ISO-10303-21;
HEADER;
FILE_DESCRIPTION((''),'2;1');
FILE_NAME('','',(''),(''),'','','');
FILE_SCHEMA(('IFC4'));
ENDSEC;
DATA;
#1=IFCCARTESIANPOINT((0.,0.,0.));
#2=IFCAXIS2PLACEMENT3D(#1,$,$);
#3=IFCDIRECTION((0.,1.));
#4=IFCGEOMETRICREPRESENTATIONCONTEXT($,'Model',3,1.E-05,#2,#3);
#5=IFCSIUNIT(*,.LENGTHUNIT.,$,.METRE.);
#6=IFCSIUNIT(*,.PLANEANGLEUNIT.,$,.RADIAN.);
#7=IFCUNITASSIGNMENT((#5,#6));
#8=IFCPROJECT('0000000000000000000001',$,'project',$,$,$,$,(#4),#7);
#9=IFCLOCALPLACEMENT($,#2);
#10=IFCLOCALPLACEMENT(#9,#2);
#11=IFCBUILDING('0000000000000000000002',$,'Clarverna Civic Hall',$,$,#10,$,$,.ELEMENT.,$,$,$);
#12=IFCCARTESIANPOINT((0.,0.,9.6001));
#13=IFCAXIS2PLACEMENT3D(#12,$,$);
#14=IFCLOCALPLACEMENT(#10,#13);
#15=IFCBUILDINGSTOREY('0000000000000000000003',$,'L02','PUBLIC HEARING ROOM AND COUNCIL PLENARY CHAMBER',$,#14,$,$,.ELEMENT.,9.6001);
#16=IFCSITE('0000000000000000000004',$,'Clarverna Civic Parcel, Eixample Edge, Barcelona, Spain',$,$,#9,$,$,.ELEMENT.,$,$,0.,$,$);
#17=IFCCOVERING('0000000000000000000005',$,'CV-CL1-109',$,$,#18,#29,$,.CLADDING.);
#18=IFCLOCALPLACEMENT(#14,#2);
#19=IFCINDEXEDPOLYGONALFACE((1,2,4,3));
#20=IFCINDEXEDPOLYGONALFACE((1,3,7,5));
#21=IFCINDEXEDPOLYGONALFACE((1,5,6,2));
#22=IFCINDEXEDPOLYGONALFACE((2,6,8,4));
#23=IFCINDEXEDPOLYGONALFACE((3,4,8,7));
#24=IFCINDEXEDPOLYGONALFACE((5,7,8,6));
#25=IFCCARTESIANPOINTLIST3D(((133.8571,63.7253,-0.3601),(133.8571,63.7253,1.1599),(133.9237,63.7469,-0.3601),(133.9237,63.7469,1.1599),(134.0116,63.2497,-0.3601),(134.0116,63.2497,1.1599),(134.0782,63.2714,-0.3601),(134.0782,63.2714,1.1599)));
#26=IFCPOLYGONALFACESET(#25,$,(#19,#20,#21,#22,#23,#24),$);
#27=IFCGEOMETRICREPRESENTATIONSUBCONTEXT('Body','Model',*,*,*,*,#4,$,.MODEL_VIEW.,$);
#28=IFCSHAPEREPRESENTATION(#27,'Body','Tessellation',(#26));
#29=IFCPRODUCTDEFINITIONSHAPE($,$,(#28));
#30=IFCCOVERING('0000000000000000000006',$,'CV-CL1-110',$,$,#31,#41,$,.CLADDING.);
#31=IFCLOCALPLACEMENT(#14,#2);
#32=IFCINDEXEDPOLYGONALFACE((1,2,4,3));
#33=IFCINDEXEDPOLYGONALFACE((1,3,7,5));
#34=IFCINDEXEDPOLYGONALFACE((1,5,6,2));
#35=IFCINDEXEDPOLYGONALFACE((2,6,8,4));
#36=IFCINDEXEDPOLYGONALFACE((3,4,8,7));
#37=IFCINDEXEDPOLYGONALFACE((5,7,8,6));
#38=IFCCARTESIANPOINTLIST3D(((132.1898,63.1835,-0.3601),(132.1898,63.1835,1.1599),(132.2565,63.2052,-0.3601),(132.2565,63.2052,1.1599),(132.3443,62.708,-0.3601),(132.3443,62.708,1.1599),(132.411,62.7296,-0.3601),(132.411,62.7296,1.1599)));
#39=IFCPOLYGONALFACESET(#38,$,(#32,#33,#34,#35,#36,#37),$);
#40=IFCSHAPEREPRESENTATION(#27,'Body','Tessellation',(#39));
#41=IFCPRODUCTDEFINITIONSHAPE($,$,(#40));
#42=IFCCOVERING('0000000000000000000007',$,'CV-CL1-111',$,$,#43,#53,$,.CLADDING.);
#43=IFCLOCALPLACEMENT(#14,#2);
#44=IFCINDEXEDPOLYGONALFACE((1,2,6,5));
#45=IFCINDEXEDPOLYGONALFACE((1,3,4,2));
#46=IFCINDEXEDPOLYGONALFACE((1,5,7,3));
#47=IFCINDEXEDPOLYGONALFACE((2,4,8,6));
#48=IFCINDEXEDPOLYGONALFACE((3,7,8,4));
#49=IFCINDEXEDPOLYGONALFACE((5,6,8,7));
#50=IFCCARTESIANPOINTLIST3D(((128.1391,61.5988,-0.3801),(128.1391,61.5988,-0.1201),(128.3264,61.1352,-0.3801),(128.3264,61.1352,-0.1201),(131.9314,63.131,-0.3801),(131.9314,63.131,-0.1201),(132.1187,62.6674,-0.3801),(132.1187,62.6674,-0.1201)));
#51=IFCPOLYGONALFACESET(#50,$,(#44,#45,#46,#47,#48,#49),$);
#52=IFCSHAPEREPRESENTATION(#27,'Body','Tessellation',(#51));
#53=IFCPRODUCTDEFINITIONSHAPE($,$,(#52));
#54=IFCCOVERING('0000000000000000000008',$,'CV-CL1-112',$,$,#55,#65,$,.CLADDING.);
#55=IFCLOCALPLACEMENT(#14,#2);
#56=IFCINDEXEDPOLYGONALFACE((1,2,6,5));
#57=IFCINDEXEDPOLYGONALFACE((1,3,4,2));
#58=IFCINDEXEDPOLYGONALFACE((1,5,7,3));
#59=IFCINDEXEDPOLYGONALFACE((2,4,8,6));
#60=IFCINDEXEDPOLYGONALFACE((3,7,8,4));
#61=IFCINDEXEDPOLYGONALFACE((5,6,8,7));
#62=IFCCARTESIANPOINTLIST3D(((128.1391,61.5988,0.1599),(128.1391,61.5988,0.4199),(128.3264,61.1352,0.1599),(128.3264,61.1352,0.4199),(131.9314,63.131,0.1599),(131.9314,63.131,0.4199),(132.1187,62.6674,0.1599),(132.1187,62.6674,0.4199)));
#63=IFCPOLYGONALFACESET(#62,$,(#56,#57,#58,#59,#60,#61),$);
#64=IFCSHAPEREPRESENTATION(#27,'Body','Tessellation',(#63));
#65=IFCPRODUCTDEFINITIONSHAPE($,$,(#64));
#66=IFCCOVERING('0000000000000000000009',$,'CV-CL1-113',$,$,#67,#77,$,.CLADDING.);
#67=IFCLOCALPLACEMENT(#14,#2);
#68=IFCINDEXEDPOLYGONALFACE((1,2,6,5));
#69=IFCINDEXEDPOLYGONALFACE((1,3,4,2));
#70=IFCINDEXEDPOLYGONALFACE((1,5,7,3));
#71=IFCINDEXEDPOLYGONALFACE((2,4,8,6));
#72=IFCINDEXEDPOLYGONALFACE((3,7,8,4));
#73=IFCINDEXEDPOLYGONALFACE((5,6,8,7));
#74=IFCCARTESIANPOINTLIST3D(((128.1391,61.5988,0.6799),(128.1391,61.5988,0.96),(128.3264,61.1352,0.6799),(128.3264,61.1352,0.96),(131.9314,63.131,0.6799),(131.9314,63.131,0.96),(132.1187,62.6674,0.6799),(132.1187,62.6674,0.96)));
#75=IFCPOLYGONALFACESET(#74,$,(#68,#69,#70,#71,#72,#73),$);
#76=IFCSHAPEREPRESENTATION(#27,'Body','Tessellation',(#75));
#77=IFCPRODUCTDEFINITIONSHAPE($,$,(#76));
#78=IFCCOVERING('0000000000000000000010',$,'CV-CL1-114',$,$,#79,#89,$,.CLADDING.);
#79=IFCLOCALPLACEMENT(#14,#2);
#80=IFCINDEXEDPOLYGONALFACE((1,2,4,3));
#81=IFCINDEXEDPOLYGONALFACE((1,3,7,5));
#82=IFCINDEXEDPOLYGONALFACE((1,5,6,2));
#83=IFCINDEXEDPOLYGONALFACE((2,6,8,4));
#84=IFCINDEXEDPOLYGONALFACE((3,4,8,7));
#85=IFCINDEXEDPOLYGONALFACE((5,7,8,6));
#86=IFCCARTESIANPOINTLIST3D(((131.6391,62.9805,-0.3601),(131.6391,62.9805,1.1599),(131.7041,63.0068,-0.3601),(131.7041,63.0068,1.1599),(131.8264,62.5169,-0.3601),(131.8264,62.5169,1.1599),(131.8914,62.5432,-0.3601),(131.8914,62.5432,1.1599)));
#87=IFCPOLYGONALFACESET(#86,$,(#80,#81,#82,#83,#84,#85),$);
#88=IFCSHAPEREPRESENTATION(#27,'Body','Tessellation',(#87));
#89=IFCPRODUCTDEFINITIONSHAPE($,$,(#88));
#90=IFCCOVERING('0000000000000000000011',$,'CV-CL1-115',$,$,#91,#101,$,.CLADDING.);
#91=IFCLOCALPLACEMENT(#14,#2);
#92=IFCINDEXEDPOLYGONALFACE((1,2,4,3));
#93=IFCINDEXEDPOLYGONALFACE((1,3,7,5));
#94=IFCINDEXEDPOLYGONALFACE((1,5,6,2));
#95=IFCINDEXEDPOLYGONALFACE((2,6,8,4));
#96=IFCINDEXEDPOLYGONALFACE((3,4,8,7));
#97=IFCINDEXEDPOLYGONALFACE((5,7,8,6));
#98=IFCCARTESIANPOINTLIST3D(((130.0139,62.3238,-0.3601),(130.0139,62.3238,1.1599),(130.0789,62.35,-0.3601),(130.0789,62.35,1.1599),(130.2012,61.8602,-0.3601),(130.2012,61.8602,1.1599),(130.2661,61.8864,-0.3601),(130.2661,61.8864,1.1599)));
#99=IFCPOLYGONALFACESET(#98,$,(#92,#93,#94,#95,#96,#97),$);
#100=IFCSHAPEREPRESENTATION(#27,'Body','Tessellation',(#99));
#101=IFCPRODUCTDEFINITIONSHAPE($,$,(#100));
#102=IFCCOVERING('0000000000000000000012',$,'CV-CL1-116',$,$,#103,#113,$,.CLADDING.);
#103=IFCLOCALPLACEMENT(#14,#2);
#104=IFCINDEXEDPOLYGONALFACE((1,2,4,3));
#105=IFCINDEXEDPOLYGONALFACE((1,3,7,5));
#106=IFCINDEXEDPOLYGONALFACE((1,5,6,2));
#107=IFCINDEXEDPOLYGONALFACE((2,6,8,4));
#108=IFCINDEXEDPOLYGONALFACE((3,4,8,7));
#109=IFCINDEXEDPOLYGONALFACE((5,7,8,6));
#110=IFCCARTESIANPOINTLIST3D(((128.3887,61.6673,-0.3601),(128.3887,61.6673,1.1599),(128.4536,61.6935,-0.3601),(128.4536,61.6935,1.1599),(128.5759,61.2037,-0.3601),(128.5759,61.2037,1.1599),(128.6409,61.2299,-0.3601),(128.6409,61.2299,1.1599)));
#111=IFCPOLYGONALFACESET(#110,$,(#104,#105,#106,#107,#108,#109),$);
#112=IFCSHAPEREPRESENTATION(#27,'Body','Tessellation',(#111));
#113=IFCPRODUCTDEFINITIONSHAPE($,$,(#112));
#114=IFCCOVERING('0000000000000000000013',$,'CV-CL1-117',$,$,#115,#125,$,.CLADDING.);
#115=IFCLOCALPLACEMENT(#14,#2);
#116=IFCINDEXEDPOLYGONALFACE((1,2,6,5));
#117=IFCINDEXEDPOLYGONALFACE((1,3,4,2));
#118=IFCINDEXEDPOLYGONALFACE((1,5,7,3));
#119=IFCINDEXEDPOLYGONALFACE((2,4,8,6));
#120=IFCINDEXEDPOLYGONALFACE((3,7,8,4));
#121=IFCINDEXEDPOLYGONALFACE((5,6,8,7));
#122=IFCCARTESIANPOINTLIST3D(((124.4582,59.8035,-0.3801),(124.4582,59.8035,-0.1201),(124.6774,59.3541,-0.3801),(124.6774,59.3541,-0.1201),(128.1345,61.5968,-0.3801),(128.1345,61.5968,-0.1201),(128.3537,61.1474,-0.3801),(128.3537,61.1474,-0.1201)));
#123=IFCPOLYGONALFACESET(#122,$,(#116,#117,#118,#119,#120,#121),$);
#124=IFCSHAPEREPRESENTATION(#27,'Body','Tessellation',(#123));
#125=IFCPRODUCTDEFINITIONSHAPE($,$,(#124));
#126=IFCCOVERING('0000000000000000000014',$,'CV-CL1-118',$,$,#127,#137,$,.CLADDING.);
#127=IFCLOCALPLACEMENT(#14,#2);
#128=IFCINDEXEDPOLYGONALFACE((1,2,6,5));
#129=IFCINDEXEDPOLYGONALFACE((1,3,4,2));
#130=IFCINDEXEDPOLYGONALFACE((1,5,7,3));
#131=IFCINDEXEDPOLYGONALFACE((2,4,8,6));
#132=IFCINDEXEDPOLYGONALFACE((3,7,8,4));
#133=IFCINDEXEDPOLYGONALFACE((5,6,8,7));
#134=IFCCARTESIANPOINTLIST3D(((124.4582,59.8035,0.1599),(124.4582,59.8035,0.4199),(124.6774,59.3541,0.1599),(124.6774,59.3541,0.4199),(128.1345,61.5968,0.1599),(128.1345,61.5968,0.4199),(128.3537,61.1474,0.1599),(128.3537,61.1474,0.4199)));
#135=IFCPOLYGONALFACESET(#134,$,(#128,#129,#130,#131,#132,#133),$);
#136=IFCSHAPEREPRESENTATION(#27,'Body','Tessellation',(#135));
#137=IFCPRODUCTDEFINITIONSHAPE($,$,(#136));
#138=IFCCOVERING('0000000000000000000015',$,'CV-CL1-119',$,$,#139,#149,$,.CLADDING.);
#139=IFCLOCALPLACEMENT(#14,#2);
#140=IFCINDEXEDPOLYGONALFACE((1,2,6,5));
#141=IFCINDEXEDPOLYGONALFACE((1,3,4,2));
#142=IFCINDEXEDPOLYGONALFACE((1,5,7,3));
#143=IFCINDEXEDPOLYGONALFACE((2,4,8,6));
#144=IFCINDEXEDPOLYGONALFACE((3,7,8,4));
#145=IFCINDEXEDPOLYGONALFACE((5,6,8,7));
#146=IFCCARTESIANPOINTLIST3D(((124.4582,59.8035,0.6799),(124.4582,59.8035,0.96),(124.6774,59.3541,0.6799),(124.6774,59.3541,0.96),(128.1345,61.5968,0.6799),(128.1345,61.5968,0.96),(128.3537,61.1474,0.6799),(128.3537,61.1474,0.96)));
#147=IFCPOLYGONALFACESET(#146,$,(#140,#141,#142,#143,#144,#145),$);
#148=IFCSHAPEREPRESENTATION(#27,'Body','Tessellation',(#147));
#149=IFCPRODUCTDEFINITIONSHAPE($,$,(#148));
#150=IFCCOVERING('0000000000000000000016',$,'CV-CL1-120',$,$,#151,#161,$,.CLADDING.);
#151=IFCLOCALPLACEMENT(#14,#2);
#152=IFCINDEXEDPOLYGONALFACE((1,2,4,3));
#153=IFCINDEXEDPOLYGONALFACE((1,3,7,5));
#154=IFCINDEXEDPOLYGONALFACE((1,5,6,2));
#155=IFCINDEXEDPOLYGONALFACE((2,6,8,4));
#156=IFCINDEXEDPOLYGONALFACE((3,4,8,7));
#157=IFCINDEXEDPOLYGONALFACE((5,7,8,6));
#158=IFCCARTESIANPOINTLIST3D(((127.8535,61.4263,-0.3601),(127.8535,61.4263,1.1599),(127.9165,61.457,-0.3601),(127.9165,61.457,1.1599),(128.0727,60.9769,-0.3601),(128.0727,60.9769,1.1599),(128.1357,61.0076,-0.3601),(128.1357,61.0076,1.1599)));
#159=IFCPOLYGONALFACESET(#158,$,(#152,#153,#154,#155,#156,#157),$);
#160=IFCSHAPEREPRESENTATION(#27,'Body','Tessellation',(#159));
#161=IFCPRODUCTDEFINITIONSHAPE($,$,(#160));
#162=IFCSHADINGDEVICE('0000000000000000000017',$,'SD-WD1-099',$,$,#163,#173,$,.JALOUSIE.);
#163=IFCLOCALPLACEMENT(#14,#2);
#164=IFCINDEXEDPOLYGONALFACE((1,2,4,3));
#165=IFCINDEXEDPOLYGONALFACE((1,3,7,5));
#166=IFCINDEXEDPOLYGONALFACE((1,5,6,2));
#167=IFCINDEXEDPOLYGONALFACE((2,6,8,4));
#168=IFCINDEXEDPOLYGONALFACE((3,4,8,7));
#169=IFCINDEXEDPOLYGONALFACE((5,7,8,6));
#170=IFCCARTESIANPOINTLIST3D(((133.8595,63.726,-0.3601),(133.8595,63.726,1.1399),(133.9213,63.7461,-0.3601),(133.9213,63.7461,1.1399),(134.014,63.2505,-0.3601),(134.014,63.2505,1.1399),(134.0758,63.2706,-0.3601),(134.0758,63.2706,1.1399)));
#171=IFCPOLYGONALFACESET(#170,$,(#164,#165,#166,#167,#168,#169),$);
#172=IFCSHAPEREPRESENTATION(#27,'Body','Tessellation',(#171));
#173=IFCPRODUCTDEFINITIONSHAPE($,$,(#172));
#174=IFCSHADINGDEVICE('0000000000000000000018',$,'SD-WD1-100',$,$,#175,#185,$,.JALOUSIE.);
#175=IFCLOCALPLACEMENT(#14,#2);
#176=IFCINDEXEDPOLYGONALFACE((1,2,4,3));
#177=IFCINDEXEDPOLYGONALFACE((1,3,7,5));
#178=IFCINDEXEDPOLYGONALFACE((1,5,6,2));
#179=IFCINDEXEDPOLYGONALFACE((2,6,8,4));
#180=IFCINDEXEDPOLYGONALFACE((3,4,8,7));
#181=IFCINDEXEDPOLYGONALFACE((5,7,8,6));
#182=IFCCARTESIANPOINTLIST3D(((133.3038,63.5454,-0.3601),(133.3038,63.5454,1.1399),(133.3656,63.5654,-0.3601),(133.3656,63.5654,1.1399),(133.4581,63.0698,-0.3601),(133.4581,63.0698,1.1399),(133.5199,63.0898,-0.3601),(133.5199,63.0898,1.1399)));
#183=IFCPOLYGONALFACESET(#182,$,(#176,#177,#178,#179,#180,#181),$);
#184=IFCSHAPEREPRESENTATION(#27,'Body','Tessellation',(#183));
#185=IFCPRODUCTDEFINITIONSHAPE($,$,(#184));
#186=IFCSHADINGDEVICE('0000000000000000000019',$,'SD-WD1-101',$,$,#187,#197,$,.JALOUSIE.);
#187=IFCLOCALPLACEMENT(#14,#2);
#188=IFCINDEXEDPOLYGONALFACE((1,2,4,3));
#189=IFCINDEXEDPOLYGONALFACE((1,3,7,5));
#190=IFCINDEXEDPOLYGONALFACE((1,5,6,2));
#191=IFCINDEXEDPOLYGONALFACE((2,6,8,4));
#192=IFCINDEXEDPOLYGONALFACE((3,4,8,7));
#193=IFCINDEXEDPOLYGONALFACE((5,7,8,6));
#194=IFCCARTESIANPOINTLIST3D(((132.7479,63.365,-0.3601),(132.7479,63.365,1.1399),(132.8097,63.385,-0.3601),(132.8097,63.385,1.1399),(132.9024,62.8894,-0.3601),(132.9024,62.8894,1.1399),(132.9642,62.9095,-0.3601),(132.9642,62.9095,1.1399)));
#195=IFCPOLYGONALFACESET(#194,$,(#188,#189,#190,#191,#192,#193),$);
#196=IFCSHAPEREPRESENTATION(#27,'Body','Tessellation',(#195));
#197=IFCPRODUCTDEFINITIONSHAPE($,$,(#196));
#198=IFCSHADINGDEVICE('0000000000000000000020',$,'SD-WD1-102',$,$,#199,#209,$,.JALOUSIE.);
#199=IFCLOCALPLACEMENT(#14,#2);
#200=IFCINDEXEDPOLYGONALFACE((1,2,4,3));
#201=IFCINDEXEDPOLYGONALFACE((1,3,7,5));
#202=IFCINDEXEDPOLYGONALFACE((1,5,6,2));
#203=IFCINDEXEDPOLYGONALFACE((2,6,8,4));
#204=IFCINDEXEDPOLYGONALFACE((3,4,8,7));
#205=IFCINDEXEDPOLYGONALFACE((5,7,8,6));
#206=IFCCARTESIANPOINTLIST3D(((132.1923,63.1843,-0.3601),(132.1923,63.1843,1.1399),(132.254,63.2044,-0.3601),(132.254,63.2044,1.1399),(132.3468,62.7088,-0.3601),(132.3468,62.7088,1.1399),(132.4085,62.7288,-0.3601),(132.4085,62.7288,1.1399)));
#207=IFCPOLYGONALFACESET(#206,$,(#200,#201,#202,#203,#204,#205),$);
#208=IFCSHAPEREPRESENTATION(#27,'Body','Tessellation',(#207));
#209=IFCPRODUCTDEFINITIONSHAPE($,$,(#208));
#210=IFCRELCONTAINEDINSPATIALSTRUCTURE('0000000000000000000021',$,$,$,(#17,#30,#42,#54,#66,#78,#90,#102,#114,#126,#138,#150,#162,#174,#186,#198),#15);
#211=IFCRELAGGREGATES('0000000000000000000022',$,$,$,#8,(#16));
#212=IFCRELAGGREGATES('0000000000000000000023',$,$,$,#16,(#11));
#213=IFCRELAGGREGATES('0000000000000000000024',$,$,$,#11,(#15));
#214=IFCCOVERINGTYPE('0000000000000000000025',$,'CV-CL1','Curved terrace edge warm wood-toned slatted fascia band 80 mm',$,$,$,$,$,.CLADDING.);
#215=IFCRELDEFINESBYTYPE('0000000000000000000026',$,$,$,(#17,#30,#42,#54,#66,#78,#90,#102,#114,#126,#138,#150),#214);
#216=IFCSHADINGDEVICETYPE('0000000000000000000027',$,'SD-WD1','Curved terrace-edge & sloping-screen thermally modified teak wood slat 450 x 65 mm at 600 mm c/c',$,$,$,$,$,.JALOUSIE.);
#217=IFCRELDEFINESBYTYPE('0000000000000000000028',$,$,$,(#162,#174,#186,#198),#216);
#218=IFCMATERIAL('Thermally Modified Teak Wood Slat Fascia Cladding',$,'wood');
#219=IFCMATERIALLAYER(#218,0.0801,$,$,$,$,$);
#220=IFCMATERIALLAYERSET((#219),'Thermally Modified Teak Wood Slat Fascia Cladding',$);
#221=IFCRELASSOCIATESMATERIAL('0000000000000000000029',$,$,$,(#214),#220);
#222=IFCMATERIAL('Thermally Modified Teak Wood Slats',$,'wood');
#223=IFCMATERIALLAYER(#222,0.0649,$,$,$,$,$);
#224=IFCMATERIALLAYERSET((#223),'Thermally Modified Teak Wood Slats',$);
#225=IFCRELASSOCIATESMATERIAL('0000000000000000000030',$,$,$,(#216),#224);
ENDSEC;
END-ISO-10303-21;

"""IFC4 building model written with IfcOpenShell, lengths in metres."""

from ifc_helpers import new_model, si_unit, direction, frame, frame_2d, origin, place, context, subcontext, project, spatial, rectangle, extrude, material, layer, layer_set, type_object, element, save


model = new_model("IFC4")

# Units and contexts
model_context = context("Model", 3, precision=1e-05, world=origin(), true_north=direction((0.0, 1.0)))
body_context = subcontext(model_context, "Body", "Model", "MODEL_VIEW")
ifc_project = project(units=[si_unit("LENGTHUNIT", "METRE"), si_unit("PLANEANGLEUNIT", "RADIAN")], contexts=[model_context])

# Site, building, storey
site_placement = place(None, origin())
site = spatial("IfcSite", under=ifc_project, at=site_placement, Name="Clarverna Civic Parcel, Eixample Edge, Barcelona, Spain", CompositionType="ELEMENT", RefElevation=0.0)
building_placement = place(site_placement, origin())
building = spatial("IfcBuilding", under=site, at=building_placement, Name="Clarverna Civic Hall", CompositionType="ELEMENT")
storey_placement = place(building_placement, frame((0.0, 0.0, 9.6001)))
storey = spatial("IfcBuildingStorey", under=building, at=storey_placement, Name="L02", Description="PUBLIC HEARING ROOM AND COUNCIL PLENARY CHAMBER", CompositionType="ELEMENT", Elevation=9.6001)

# Coverings
ifc_material_1 = material(Name="Thermally Modified Teak Wood Slat Fascia Cladding", Category="wood")
ifc_layer_1 = layer(ifc_material_1, 0.0801)
ifc_layer_set_1 = layer_set([ifc_layer_1], Name="Thermally Modified Teak Wood Slat Fascia Cladding")
covering_type = type_object("IfcCoveringType", Name="CV-CL1", Description="Curved terrace edge warm wood-toned slatted fascia band 80 mm", PredefinedType="CLADDING", material=ifc_layer_set_1)
for number, where, z_axis, x_axis, name in (
    (1, (133.8904, 63.7361, -0.3601), (0.0, 0.0, 1.0), (0.309042, -0.951048, 0.0), "CV-CL1-109"),
    (2, (132.2231, 63.1943, -0.3601), (0.0, 0.0, 1.0), (0.309042, -0.951048, 0.0), "CV-CL1-110"),
):
    element("IfcCovering", number, at=place(storey_placement, frame(where, z_axis=z_axis, x_axis=x_axis)), inside=storey, type_object=covering_type, Name=name, PredefinedType="CLADDING", context=body_context, shape_type="SweptSolid", body=[
        extrude(rectangle(XDim=0.5, YDim=0.0701, at=frame_2d((0.25, 0.0))), origin(), (0.0, 0.0, 1.0), 1.52),
    ])
for number, where, z_axis, x_axis, name in (
    (3, (132.0249, 62.8992, -0.3801), (0.0, 0.0, 1.0), (-0.927178, -0.37462, 0.0), "CV-CL1-111"),
    (4, (132.0249, 62.8992, 0.1599), (0.0, 0.0, 1.0), (-0.927178, -0.37462, 0.0), "CV-CL1-112"),
):
    element("IfcCovering", number, at=place(storey_placement, frame(where, z_axis=z_axis, x_axis=x_axis)), inside=storey, type_object=covering_type, Name=name, PredefinedType="CLADDING", context=body_context, shape_type="SweptSolid", body=[
        extrude(rectangle(XDim=4.0901, YDim=0.5, at=frame_2d((2.0449, 0.0))), origin(), (0.0, 0.0, 1.0), 0.26),
    ])
covering_1_placement = place(storey_placement, frame((132.0249, 62.8992, 0.6799), z_axis=(0.0, 0.0, 1.0), x_axis=(-0.927178, -0.37462, 0.0)))
element("IfcCovering", 5, at=covering_1_placement, inside=storey, type_object=covering_type, Name="CV-CL1-113", PredefinedType="CLADDING", context=body_context, shape_type="SweptSolid", body=[
    extrude(rectangle(XDim=4.0901, YDim=0.5, at=frame_2d((2.0449, 0.0))), origin(), (0.0, 0.0, 1.0), 0.28),
])
for number, where, z_axis, x_axis, name in (
    (6, (131.6716, 62.9937, -0.3601), (0.0, 0.0, 1.0), (0.374503, -0.927226, 0.0), "CV-CL1-114"),
    (7, (130.0464, 62.3369, -0.3601), (0.0, 0.0, 1.0), (0.374503, -0.927226, 0.0), "CV-CL1-115"),
    (8, (128.4211, 61.6804, -0.3601), (0.0, 0.0, 1.0), (0.374503, -0.927226, 0.0), "CV-CL1-116"),
):
    element("IfcCovering", number, at=place(storey_placement, frame(where, z_axis=z_axis, x_axis=x_axis)), inside=storey, type_object=covering_type, Name=name, PredefinedType="CLADDING", context=body_context, shape_type="SweptSolid", body=[
        extrude(rectangle(XDim=0.5, YDim=0.0701, at=frame_2d((0.25, 0.0))), origin(), (0.0, 0.0, 1.0), 1.52),
    ])
for number, where, z_axis, x_axis, name in (
    (9, (128.2441, 61.3721, -0.3801), (0.0, 0.0, 1.0), (-0.898777, -0.438406, 0.0), "CV-CL1-117"),
    (10, (128.2441, 61.3721, 0.1599), (0.0, 0.0, 1.0), (-0.898777, -0.438406, 0.0), "CV-CL1-118"),
):
    element("IfcCovering", number, at=place(storey_placement, frame(where, z_axis=z_axis, x_axis=x_axis)), inside=storey, type_object=covering_type, Name=name, PredefinedType="CLADDING", context=body_context, shape_type="SweptSolid", body=[
        extrude(rectangle(XDim=4.0903, YDim=0.5, at=frame_2d((2.0452, 0.0))), origin(), (0.0, 0.0, 1.0), 0.26),
    ])
covering_2_placement = place(storey_placement, frame((128.2441, 61.3721, 0.6799), z_axis=(0.0, 0.0, 1.0), x_axis=(-0.898777, -0.438406, 0.0)))
element("IfcCovering", 11, at=covering_2_placement, inside=storey, type_object=covering_type, Name="CV-CL1-119", PredefinedType="CLADDING", context=body_context, shape_type="SweptSolid", body=[
    extrude(rectangle(XDim=4.0903, YDim=0.5, at=frame_2d((2.0452, 0.0))), origin(), (0.0, 0.0, 1.0), 0.28),
])
covering_3_placement = place(storey_placement, frame((127.885, 61.4417, -0.3601), z_axis=(0.0, 0.0, 1.0), x_axis=(0.438404, -0.898778, 0.0)))
element("IfcCovering", 12, at=covering_3_placement, inside=storey, type_object=covering_type, Name="CV-CL1-120", PredefinedType="CLADDING", context=body_context, shape_type="SweptSolid", body=[
    extrude(rectangle(XDim=0.5, YDim=0.0701, at=frame_2d((0.25, 0.0))), origin(), (0.0, 0.0, 1.0), 1.52),
])

# Shading devices
ifc_material_2 = material(Name="Thermally Modified Teak Wood Slats", Category="wood")
ifc_layer_2 = layer(ifc_material_2, 0.0649)
ifc_layer_set_2 = layer_set([ifc_layer_2], Name="Thermally Modified Teak Wood Slats")
shading_device_type = type_object("IfcShadingDeviceType", Name="SD-WD1", Description="Curved terrace-edge & sloping-screen thermally modified teak wood slat 450 x 65 mm at 600 mm c/c", PredefinedType="JALOUSIE", material=ifc_layer_set_2)
for number, where, z_axis, x_axis, name in (
    (13, (133.8904, 63.7361, -0.3601), (0.0, 0.0, 1.0), (0.309042, -0.951048, 0.0), "SD-WD1-099"),
    (14, (133.3347, 63.5554, -0.3601), (0.0, 0.0, 1.0), (0.3086, -0.951192, 0.0), "SD-WD1-100"),
    (15, (132.7788, 63.375, -0.3601), (0.0, 0.0, 1.0), (0.309042, -0.951048, 0.0), "SD-WD1-101"),
    (16, (132.2231, 63.1943, -0.3601), (0.0, 0.0, 1.0), (0.309042, -0.951048, 0.0), "SD-WD1-102"),
):
    element("IfcShadingDevice", number, at=place(storey_placement, frame(where, z_axis=z_axis, x_axis=x_axis)), inside=storey, type_object=shading_device_type, Name=name, PredefinedType="JALOUSIE", context=body_context, shape_type="SweptSolid", body=[
        extrude(rectangle(XDim=0.5, YDim=0.0649, at=frame_2d((0.25, 0.0))), origin(), (0.0, 0.0, 1.0), 1.5),
    ])

save(model, "model.ifc")
